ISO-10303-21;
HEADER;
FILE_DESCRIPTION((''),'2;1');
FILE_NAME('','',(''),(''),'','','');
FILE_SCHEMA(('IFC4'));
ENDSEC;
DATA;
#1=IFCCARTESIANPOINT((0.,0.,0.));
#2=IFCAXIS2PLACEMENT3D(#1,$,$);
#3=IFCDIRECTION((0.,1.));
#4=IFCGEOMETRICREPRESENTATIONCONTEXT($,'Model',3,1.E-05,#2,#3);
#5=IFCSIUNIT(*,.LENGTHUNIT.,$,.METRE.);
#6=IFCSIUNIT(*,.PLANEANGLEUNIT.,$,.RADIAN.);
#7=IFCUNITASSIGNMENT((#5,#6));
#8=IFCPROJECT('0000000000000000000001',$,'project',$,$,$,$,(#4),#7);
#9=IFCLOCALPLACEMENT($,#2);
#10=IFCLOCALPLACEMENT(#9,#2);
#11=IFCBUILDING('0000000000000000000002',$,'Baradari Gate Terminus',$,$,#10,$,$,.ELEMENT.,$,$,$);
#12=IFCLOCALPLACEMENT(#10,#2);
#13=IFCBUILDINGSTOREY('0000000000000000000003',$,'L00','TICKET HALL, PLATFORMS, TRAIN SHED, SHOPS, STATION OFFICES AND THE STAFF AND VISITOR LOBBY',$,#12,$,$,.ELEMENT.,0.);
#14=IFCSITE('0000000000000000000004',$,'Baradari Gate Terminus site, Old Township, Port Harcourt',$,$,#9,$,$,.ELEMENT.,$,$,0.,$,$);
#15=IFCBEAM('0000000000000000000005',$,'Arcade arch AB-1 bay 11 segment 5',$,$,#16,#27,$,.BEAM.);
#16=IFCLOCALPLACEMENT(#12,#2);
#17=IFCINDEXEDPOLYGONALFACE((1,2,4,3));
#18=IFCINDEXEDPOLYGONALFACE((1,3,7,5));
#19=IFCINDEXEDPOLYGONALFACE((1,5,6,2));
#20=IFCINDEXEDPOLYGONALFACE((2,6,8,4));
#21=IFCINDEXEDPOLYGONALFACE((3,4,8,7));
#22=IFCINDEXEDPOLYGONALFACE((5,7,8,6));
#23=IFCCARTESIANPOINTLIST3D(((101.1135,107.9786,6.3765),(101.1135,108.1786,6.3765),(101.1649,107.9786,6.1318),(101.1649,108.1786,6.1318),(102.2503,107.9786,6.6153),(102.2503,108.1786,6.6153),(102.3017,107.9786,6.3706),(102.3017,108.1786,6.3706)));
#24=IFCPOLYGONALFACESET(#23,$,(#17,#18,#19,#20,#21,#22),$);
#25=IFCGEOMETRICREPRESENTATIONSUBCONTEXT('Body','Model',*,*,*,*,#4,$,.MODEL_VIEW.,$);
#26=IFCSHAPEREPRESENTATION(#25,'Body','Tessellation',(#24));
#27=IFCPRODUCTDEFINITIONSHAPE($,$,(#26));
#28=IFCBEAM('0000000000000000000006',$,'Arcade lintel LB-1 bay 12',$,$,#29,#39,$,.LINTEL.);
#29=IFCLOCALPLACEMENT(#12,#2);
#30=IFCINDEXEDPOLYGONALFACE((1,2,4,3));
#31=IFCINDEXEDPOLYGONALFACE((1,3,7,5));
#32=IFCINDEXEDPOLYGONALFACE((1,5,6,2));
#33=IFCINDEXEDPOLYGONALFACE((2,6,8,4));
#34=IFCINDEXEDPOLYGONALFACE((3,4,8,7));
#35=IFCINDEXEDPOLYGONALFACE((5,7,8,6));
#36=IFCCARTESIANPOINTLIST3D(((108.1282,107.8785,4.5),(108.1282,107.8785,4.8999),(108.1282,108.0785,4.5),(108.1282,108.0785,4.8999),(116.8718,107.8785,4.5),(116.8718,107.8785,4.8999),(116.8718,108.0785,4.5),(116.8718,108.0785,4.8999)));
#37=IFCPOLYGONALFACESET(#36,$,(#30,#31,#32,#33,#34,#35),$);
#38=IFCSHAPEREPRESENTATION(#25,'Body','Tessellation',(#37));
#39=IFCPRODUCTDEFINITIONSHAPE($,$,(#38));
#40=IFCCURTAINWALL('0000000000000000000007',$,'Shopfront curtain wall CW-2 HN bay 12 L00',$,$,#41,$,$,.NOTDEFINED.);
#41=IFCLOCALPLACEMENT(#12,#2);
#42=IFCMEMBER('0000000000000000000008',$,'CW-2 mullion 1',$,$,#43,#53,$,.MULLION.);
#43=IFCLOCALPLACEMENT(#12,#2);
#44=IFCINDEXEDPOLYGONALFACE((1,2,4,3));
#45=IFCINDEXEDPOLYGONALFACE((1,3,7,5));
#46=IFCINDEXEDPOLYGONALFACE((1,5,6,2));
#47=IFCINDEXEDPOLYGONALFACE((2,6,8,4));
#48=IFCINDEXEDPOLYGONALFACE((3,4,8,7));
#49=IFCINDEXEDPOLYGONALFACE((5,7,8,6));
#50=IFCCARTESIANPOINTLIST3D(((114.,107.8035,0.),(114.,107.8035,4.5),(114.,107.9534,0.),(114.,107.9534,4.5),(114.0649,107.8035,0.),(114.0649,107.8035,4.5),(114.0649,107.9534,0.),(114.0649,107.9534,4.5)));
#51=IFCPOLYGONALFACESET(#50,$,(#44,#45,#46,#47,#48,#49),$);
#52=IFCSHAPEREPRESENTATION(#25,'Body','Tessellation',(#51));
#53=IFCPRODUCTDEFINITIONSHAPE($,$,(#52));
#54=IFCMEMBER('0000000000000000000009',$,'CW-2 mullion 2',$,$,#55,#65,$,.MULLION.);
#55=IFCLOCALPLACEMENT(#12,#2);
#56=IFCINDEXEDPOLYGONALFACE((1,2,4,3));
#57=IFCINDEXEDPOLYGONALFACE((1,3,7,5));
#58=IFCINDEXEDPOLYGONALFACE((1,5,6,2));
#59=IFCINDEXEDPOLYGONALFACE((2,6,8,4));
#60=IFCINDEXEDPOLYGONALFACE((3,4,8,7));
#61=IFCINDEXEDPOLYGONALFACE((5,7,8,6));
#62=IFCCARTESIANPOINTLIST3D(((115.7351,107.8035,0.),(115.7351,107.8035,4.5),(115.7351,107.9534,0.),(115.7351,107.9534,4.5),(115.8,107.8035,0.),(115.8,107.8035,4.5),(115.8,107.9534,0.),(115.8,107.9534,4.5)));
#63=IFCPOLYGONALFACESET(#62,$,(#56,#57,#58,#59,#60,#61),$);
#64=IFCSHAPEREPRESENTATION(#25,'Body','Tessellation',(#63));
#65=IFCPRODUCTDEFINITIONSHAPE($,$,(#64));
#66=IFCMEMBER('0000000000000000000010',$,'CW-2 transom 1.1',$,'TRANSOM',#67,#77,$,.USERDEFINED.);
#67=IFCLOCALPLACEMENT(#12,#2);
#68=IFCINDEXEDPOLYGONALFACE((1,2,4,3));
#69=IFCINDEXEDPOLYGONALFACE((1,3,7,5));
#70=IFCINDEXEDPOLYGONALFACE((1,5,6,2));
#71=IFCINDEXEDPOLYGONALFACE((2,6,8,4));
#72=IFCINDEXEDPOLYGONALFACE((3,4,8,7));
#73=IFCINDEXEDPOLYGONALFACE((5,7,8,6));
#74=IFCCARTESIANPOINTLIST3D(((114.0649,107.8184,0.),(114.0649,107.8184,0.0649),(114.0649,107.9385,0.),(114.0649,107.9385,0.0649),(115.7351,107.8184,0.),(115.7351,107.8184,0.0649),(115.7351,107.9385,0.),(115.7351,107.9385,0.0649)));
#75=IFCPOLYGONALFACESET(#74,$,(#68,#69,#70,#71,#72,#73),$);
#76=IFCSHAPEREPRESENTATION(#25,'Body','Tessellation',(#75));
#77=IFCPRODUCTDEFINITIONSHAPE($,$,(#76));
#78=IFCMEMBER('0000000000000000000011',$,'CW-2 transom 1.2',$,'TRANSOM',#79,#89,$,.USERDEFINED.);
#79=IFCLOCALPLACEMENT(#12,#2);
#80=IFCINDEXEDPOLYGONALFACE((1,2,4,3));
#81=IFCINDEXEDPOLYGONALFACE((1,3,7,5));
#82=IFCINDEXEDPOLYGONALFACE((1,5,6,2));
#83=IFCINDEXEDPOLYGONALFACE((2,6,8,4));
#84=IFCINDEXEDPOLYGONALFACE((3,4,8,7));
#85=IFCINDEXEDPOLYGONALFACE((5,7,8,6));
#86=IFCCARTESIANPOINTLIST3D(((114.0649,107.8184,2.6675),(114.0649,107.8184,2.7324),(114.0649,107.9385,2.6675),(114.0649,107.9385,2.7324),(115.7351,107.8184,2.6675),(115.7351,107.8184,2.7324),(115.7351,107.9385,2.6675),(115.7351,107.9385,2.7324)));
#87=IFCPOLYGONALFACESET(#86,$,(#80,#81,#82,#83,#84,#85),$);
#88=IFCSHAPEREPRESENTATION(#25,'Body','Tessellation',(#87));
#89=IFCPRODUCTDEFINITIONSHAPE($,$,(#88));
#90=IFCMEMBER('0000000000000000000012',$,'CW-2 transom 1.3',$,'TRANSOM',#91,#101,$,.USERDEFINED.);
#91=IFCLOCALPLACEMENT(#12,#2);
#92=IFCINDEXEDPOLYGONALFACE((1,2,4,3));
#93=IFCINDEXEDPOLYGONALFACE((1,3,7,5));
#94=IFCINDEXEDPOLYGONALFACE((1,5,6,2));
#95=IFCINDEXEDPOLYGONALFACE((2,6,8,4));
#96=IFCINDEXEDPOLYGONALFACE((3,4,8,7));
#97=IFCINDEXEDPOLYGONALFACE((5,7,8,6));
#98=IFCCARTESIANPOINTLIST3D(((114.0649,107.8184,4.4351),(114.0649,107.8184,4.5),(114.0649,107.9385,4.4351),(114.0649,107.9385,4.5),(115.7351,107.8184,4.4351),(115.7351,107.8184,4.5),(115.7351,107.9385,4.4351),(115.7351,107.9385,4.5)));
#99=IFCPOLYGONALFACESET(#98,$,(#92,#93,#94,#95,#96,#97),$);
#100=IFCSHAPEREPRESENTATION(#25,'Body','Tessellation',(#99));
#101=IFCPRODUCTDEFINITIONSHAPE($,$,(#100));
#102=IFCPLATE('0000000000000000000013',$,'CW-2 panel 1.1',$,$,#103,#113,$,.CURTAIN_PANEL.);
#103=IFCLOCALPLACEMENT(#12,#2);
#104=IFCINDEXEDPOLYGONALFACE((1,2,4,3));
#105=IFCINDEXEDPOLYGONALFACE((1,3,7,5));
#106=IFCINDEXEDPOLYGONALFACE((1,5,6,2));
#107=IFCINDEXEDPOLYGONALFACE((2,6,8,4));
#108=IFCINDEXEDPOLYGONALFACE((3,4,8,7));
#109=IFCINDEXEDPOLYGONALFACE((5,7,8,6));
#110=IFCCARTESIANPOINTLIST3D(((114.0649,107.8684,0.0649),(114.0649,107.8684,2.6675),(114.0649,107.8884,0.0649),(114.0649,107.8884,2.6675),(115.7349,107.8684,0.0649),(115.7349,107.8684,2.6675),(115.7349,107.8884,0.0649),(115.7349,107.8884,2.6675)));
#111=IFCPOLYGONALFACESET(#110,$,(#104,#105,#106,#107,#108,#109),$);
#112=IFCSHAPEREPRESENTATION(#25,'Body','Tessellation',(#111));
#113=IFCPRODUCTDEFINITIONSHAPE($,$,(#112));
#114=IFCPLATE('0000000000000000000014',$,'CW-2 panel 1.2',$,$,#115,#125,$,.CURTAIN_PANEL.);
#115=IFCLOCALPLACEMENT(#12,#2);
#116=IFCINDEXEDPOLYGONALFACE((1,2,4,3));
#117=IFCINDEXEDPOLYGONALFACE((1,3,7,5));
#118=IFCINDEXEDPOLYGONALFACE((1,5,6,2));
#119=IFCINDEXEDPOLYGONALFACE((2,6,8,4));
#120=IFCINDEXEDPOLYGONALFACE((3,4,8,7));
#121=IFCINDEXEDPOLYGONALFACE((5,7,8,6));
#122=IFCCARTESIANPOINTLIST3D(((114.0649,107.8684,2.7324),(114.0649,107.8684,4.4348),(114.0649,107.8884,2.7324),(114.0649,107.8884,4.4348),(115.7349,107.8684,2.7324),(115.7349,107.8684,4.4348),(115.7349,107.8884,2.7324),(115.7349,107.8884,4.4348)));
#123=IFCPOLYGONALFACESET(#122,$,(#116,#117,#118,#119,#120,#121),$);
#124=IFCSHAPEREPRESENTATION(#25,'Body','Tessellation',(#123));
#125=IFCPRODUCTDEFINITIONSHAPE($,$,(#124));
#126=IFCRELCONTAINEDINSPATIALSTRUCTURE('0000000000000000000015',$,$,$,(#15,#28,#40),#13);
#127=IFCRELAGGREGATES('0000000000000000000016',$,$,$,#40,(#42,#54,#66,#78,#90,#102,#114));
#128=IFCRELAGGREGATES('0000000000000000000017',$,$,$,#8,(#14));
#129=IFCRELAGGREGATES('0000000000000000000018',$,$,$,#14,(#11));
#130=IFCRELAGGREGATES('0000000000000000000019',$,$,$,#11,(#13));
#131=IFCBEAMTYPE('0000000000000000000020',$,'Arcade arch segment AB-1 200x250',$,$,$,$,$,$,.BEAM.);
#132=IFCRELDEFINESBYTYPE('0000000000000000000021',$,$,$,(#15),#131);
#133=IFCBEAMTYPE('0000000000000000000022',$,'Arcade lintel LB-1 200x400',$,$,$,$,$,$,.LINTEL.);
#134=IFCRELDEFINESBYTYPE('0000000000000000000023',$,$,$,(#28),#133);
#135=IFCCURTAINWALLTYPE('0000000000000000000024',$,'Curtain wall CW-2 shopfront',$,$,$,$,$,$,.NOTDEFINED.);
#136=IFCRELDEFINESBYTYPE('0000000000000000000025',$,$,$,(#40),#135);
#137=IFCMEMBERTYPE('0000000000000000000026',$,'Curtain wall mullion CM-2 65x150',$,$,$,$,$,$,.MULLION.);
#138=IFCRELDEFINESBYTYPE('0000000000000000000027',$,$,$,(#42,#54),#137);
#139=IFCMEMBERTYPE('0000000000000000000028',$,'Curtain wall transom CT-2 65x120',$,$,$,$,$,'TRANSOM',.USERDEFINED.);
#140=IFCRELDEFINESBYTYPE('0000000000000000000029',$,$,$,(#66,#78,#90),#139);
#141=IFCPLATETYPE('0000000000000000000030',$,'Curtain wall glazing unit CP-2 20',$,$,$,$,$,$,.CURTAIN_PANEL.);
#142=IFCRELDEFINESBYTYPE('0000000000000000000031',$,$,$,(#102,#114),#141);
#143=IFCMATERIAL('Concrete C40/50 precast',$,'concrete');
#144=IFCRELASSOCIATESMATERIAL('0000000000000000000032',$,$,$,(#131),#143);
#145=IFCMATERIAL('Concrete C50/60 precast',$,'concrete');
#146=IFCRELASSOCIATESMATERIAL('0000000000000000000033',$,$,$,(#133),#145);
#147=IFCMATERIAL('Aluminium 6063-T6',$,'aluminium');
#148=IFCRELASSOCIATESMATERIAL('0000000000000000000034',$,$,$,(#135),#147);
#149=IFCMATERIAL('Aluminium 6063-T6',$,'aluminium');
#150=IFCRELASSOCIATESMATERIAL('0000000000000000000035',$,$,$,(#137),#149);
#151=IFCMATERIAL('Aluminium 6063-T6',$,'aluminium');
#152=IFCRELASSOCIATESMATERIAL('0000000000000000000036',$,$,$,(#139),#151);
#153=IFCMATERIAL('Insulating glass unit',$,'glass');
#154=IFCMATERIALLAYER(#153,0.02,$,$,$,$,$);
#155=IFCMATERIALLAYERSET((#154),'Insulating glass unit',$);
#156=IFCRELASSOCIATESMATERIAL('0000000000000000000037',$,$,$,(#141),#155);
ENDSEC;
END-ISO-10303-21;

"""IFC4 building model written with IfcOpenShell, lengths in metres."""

from ifc_helpers import new_model, si_unit, direction, frame, origin, origin_2d, place, context, subcontext, project, spatial, rectangle, extrude, material, layer, layer_set, material_profile, profile_set, type_object, element, aggregate, save


model = new_model("IFC4")

# Units and contexts
model_context = context("Model", 3, precision=1e-05, world=origin(), true_north=direction((0.0, 1.0)))
body_context = subcontext(model_context, "Body", "Model", "MODEL_VIEW")
ifc_project = project(units=[si_unit("LENGTHUNIT", "METRE"), si_unit("PLANEANGLEUNIT", "RADIAN")], contexts=[model_context])

# Site, building, storey
site_placement = place(None, origin())
site = spatial("IfcSite", under=ifc_project, at=site_placement, Name="Baradari Gate Terminus site, Old Township, Port Harcourt", CompositionType="ELEMENT", RefElevation=0.0)
building_placement = place(site_placement, origin())
building = spatial("IfcBuilding", under=site, at=building_placement, Name="Baradari Gate Terminus", CompositionType="ELEMENT")
storey_placement = place(building_placement, origin())
storey = spatial("IfcBuildingStorey", under=building, at=storey_placement, Name="L00", Description="TICKET HALL, PLATFORMS, TRAIN SHED, SHOPS, STATION OFFICES AND THE STAFF AND VISITOR LOBBY", CompositionType="ELEMENT", Elevation=0.0)

# Beams
ifc_material_1 = material(Name="Concrete C40/50 precast", Category="concrete")
ifc_material_profile_1 = material_profile(ifc_material_1, rectangle(XDim=0.2, YDim=0.25, at=origin_2d()), Name="AB-1 200X250")
ifc_profile_set_1 = profile_set([ifc_material_profile_1], Name="Concrete C40/50 precast")
beam_type_1 = type_object("IfcBeamType", Name="Arcade arch segment AB-1 200x250", PredefinedType="BEAM", material=ifc_profile_set_1)
beam_1_placement = place(storey_placement, frame((101.1392, 108.0786, 6.2542), z_axis=(0.978643, 0.0, 0.205566), x_axis=(0.0, 1.0, 0.0)))
element("IfcBeam", 1, at=beam_1_placement, inside=storey, type_object=beam_type_1, Name="Arcade arch AB-1 bay 11 segment 5", PredefinedType="BEAM", context=body_context, shape_type="SweptSolid", body=[
    extrude(rectangle(XDim=0.2, YDim=0.25, at=origin_2d()), origin(), (0.0, 0.0, 1.0), 1.1616),
])
ifc_material_2 = material(Name="Concrete C50/60 precast", Category="concrete")
ifc_material_profile_2 = material_profile(ifc_material_2, rectangle(XDim=0.2, YDim=0.3999, at=origin_2d()), Name="LB-1 200X400")
ifc_profile_set_2 = profile_set([ifc_material_profile_2], Name="Concrete C50/60 precast")
beam_type_2 = type_object("IfcBeamType", Name="Arcade lintel LB-1 200x400", PredefinedType="LINTEL", material=ifc_profile_set_2)
beam_2_placement = place(storey_placement, frame((108.1282, 107.9785, 4.7), z_axis=(1.0, 0.0, 0.0), x_axis=(0.0, 1.0, 0.0)))
element("IfcBeam", 2, at=beam_2_placement, inside=storey, type_object=beam_type_2, Name="Arcade lintel LB-1 bay 12", PredefinedType="LINTEL", context=body_context, shape_type="SweptSolid", body=[
    extrude(rectangle(XDim=0.2, YDim=0.3999, at=origin_2d()), origin(), (0.0, 0.0, 1.0), 8.7437),
])

# Curtain wall, members, plates
ifc_material_3 = material(Name="Aluminium 6063-T6", Category="aluminium")
curtain_wall_type = type_object("IfcCurtainWallType", Name="Curtain wall CW-2 shopfront", PredefinedType="NOTDEFINED", material=ifc_material_3)
curtain_wall_placement = place(storey_placement, origin())
curtain_wall = element("IfcCurtainWall", 3, at=curtain_wall_placement, inside=storey, type_object=curtain_wall_type, Name="Shopfront curtain wall CW-2 HN bay 12 L00", PredefinedType="NOTDEFINED")
ifc_material_4 = material(Name="Aluminium 6063-T6", Category="aluminium")
ifc_material_profile_3 = material_profile(ifc_material_4, rectangle(XDim=0.1499, YDim=0.0649, at=origin_2d()), Name="CM-2 65X150")
ifc_profile_set_3 = profile_set([ifc_material_profile_3], Name="Aluminium 6063-T6")
member_type_1 = type_object("IfcMemberType", Name="Curtain wall mullion CM-2 65x150", PredefinedType="MULLION", material=ifc_profile_set_3)
member_1_placement = place(storey_placement, frame((114.0325, 107.8784, 0.0), z_axis=(0.0, 0.0, 1.0), x_axis=(0.0, 1.0, 0.0)))
member_1 = element("IfcMember", 4, at=member_1_placement, type_object=member_type_1, Name="CW-2 mullion 1", PredefinedType="MULLION", context=body_context, shape_type="SweptSolid", body=[
    extrude(rectangle(XDim=0.1499, YDim=0.0649, at=origin_2d()), origin(), (0.0, 0.0, 1.0), 4.5),
])
member_2_placement = place(storey_placement, frame((115.7676, 107.8784, 0.0), z_axis=(0.0, 0.0, 1.0), x_axis=(0.0, 1.0, 0.0)))
member_2 = element("IfcMember", 5, at=member_2_placement, type_object=member_type_1, Name="CW-2 mullion 2", PredefinedType="MULLION", context=body_context, shape_type="SweptSolid", body=[
    extrude(rectangle(XDim=0.1499, YDim=0.0649, at=origin_2d()), origin(), (0.0, 0.0, 1.0), 4.5),
])
ifc_material_5 = material(Name="Aluminium 6063-T6", Category="aluminium")
ifc_material_profile_4 = material_profile(ifc_material_5, rectangle(XDim=0.1201, YDim=0.0649, at=origin_2d()), Name="CT-2 65X120")
ifc_profile_set_4 = profile_set([ifc_material_profile_4], Name="Aluminium 6063-T6")
member_type_2 = type_object("IfcMemberType", Name="Curtain wall transom CT-2 65x120", ElementType="TRANSOM", PredefinedType="USERDEFINED", material=ifc_profile_set_4)
member_3_placement = place(storey_placement, frame((114.0649, 107.8784, 0.0325), z_axis=(1.0, 0.0, 0.0), x_axis=(0.0, 1.0, 0.0)))
member_3 = element("IfcMember", 6, at=member_3_placement, type_object=member_type_2, Name="CW-2 transom 1.1", ObjectType="TRANSOM", PredefinedType="USERDEFINED", context=body_context, shape_type="SweptSolid", body=[
    extrude(rectangle(XDim=0.1201, YDim=0.0649, at=origin_2d()), origin(), (0.0, 0.0, 1.0), 1.6702),
])
member_4_placement = place(storey_placement, frame((114.0649, 107.8784, 2.7), z_axis=(1.0, 0.0, 0.0), x_axis=(0.0, 1.0, 0.0)))
member_4 = element("IfcMember", 7, at=member_4_placement, type_object=member_type_2, Name="CW-2 transom 1.2", ObjectType="TRANSOM", PredefinedType="USERDEFINED", context=body_context, shape_type="SweptSolid", body=[
    extrude(rectangle(XDim=0.1201, YDim=0.0649, at=origin_2d()), origin(), (0.0, 0.0, 1.0), 1.6702),
])
member_5_placement = place(storey_placement, frame((114.0649, 107.8784, 4.4675), z_axis=(1.0, 0.0, 0.0), x_axis=(0.0, 1.0, 0.0)))
member_5 = element("IfcMember", 8, at=member_5_placement, type_object=member_type_2, Name="CW-2 transom 1.3", ObjectType="TRANSOM", PredefinedType="USERDEFINED", context=body_context, shape_type="SweptSolid", body=[
    extrude(rectangle(XDim=0.1201, YDim=0.0649, at=origin_2d()), origin(), (0.0, 0.0, 1.0), 1.6702),
])
ifc_material_6 = material(Name="Insulating glass unit", Category="glass")
ifc_layer_1 = layer(ifc_material_6, 0.02)
ifc_layer_set_1 = layer_set([ifc_layer_1], Name="Insulating glass unit")
plate_type = type_object("IfcPlateType", Name="Curtain wall glazing unit CP-2 20", PredefinedType="CURTAIN_PANEL", material=ifc_layer_set_1)
plate_1_placement = place(storey_placement, frame((114.8999, 107.8784, 0.0649), z_axis=(0.0, 0.0, 1.0), x_axis=(1.0, 0.0, 0.0)))
plate_1 = element("IfcPlate", 9, at=plate_1_placement, type_object=plate_type, Name="CW-2 panel 1.1", PredefinedType="CURTAIN_PANEL", context=body_context, shape_type="SweptSolid", body=[
    extrude(rectangle(XDim=1.6699, YDim=0.02, at=origin_2d()), origin(), (0.0, 0.0, 1.0), 2.6025),
])
plate_2_placement = place(storey_placement, frame((114.8999, 107.8784, 2.7324), z_axis=(0.0, 0.0, 1.0), x_axis=(1.0, 0.0, 0.0)))
plate_2 = element("IfcPlate", 10, at=plate_2_placement, type_object=plate_type, Name="CW-2 panel 1.2", PredefinedType="CURTAIN_PANEL", context=body_context, shape_type="SweptSolid", body=[
    extrude(rectangle(XDim=1.6699, YDim=0.02, at=origin_2d()), origin(), (0.0, 0.0, 1.0), 1.7024),
])
aggregate(curtain_wall, [member_1, member_2, member_3, member_4, member_5, plate_1, plate_2])

save(model, "model.ifc")
